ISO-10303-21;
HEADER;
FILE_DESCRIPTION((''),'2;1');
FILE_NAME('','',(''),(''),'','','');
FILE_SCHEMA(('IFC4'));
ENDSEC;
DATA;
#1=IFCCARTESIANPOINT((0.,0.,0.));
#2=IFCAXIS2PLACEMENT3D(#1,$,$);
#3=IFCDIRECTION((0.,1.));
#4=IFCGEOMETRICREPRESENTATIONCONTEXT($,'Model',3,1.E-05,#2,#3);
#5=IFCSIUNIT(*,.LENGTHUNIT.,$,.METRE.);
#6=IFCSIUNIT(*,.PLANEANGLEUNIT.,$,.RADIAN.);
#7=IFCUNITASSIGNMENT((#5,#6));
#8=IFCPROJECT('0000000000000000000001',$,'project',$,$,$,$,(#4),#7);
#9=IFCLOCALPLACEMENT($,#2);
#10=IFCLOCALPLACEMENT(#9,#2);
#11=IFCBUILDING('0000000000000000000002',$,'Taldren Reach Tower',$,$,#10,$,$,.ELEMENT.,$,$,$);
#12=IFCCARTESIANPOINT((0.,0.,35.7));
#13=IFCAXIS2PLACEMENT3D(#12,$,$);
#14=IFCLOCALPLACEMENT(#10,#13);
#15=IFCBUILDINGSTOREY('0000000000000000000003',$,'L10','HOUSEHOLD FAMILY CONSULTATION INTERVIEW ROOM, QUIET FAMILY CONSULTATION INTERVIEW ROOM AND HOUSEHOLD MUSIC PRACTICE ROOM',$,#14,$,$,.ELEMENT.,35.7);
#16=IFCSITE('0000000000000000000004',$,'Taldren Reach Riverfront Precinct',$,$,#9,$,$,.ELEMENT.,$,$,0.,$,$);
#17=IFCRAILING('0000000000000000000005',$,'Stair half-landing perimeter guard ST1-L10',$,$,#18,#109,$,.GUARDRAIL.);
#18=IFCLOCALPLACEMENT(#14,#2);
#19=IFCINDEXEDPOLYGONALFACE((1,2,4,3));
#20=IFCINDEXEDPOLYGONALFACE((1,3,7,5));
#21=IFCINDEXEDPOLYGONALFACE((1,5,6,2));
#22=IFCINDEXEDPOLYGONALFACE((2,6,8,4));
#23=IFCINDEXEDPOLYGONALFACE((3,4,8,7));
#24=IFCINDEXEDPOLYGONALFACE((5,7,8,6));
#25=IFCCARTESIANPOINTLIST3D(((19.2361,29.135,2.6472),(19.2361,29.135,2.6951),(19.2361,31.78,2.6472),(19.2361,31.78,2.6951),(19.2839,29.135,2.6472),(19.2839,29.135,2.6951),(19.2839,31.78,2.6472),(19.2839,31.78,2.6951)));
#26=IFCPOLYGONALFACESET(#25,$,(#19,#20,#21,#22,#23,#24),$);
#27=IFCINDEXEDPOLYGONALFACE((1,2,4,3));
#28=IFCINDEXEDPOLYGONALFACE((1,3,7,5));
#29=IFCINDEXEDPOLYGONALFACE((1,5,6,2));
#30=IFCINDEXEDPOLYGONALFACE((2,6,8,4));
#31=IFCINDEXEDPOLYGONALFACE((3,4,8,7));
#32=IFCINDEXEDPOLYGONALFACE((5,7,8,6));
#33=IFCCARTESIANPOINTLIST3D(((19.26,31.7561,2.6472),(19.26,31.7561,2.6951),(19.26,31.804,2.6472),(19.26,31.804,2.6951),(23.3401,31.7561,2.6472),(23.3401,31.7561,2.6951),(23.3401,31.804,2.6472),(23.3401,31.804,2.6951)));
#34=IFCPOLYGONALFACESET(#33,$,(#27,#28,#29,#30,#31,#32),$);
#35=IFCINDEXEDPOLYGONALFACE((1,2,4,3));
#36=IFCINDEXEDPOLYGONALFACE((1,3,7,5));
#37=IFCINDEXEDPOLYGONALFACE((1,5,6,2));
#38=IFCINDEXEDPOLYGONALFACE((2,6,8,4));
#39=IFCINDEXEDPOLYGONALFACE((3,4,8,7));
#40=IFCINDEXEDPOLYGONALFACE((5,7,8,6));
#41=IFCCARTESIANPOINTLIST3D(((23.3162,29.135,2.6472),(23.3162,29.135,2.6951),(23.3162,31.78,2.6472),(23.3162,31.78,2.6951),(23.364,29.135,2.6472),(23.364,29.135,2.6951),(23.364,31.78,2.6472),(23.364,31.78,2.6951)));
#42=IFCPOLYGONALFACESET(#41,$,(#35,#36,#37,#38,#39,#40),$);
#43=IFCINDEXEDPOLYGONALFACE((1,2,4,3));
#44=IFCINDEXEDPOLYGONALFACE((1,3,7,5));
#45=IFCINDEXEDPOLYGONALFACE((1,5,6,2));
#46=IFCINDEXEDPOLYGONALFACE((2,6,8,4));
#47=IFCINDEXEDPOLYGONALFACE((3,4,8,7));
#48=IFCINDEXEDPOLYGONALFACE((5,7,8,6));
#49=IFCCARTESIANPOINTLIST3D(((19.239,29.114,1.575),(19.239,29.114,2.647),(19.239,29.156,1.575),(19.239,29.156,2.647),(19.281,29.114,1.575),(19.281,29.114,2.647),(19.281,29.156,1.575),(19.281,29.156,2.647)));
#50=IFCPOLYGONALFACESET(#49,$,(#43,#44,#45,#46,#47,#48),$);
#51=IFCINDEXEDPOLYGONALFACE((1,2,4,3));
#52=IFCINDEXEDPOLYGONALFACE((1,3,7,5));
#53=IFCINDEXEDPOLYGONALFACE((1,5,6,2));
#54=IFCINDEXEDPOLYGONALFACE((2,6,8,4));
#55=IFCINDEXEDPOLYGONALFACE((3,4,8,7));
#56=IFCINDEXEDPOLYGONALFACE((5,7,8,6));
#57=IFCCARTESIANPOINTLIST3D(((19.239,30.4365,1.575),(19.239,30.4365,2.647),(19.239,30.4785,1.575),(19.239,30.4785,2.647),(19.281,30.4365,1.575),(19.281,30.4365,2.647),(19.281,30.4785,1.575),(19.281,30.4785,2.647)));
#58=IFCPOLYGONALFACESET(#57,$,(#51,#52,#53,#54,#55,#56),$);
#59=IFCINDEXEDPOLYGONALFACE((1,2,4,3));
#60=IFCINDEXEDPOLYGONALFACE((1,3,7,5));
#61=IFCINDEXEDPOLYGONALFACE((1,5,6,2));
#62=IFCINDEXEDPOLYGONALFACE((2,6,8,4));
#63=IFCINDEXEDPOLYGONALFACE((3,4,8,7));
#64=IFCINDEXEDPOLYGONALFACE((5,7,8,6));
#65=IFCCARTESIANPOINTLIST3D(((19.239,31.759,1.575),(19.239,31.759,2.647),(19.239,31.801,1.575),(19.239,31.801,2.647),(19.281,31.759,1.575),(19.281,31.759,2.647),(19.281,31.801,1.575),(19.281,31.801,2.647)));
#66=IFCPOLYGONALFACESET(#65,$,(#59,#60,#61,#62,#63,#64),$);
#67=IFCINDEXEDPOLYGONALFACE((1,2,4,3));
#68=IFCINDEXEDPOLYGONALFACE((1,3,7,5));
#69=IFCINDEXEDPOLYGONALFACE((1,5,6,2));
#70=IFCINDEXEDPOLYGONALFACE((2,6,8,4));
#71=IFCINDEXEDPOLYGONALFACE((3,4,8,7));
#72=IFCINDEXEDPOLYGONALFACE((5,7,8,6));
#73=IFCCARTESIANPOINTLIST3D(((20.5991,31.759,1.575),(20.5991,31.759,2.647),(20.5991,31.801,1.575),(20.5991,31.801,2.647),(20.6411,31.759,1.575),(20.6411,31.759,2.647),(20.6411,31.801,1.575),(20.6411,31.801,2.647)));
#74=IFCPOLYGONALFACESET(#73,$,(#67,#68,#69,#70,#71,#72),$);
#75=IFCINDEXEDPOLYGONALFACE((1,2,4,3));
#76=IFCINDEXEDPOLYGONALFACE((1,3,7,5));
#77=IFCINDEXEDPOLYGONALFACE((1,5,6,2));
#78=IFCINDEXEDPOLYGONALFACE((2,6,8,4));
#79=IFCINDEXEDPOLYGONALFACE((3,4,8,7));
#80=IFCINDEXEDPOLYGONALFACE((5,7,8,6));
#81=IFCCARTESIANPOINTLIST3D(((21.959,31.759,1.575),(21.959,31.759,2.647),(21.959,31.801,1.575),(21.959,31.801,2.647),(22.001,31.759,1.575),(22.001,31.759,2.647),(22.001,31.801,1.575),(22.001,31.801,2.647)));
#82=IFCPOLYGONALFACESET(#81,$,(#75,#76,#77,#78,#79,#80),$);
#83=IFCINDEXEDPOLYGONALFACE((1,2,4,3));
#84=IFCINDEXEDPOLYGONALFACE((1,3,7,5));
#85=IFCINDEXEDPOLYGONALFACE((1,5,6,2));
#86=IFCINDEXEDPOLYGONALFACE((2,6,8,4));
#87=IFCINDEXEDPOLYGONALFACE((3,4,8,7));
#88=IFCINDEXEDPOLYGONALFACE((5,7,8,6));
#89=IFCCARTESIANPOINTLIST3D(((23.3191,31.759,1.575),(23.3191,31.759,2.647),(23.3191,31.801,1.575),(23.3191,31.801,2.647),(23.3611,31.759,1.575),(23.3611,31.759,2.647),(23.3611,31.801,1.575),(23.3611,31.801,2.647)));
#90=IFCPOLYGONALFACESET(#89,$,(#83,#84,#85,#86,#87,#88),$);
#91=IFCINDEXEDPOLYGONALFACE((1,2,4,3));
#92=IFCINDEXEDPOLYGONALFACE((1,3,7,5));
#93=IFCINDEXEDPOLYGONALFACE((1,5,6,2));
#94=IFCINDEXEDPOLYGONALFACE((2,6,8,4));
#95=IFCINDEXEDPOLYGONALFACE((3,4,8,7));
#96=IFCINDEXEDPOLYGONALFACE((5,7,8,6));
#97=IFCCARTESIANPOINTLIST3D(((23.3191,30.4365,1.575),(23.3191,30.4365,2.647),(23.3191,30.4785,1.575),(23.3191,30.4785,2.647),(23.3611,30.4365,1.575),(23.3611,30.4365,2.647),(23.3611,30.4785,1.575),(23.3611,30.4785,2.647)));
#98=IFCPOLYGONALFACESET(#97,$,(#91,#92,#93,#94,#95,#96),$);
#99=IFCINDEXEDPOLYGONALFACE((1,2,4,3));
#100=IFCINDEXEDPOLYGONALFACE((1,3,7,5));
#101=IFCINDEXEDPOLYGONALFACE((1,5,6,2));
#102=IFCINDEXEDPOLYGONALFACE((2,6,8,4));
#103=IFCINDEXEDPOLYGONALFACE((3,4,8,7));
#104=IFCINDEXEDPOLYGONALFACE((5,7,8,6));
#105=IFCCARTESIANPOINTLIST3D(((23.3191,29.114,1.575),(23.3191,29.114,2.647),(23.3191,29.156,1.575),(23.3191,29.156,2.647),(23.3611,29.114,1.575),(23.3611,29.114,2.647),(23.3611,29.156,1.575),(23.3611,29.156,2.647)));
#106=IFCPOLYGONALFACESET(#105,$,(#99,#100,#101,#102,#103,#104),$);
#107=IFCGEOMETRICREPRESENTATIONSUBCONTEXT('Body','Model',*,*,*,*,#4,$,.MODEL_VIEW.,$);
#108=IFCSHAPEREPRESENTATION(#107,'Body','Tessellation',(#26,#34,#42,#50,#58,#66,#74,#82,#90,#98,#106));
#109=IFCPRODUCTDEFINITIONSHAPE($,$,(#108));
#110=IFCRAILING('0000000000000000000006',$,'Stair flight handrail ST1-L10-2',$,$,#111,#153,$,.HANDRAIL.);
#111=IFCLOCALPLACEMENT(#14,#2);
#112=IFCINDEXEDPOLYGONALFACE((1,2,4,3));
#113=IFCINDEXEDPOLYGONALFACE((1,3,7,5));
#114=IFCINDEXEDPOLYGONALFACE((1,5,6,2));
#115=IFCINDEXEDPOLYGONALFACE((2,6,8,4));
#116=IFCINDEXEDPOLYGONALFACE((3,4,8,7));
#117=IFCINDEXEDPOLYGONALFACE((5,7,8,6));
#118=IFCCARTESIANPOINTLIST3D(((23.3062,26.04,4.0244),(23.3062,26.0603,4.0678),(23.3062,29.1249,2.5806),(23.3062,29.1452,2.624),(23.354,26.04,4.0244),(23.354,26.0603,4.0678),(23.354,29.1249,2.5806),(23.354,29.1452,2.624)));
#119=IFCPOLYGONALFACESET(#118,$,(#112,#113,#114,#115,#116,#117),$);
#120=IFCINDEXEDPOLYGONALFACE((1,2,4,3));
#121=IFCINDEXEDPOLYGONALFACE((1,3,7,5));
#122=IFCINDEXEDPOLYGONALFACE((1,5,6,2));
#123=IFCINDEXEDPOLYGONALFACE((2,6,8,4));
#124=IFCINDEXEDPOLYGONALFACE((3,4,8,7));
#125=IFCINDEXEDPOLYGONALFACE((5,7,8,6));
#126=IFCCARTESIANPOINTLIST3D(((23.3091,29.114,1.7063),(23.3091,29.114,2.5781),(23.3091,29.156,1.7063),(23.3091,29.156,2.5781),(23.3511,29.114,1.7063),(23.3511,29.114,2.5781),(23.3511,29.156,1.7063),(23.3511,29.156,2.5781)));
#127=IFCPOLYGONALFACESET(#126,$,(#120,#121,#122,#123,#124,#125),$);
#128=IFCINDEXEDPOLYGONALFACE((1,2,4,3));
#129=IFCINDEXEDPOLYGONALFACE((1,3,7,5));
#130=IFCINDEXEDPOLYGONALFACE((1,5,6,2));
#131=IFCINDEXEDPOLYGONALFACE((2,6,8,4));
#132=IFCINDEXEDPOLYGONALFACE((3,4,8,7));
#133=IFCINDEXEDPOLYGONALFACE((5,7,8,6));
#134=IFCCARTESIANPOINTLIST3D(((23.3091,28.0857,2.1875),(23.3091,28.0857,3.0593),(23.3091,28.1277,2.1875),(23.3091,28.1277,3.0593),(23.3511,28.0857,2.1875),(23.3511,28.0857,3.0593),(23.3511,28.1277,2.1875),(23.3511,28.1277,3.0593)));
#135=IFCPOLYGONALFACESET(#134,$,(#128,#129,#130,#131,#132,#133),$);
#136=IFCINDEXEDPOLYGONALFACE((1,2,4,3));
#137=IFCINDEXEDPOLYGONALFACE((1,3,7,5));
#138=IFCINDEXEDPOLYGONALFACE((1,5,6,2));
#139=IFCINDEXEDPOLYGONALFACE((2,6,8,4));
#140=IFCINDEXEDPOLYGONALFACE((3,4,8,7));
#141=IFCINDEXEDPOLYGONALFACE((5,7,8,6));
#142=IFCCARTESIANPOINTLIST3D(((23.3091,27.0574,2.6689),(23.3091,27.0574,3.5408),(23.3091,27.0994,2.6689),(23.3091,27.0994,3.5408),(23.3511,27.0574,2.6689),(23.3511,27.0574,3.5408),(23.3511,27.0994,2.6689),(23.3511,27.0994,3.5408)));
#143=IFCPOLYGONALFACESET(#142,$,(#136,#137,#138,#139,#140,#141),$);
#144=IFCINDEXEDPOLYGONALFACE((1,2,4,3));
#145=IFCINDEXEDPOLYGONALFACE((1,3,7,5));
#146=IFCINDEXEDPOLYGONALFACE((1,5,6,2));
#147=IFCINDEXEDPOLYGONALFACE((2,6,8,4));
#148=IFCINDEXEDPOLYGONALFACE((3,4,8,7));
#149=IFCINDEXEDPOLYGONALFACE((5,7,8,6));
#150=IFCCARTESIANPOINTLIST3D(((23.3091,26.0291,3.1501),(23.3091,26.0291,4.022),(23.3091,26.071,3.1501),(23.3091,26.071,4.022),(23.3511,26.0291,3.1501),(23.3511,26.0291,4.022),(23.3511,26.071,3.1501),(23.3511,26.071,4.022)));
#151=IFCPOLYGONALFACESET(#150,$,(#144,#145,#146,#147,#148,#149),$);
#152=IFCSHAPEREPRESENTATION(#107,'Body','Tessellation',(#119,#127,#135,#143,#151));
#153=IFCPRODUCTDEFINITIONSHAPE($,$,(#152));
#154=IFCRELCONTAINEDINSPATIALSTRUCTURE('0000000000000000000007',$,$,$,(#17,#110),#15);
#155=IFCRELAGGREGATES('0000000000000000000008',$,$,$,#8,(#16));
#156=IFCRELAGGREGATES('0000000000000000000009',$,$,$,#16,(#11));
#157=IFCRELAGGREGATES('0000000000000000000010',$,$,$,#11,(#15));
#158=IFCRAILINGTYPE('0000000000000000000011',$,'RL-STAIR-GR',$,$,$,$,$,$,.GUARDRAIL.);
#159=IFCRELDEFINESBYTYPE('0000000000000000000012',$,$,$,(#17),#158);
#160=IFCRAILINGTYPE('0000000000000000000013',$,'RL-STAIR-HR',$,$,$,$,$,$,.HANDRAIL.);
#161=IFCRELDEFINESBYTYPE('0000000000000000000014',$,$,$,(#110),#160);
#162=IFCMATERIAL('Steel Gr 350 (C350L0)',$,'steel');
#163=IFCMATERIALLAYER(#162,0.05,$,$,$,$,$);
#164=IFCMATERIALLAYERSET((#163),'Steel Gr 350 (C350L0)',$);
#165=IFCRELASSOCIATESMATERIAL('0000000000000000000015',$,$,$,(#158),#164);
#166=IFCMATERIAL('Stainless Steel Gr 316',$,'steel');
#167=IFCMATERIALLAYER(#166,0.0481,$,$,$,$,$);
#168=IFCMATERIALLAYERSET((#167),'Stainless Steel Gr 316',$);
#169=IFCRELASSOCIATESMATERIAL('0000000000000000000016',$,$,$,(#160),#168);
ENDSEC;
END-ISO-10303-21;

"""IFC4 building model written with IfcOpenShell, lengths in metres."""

from ifc_helpers import new_model, si_unit, direction, frame, origin, origin_2d, place, context, subcontext, project, spatial, rectangle, extrude, material, layer, layer_set, type_object, element, save


model = new_model("IFC4")

# Units and contexts
model_context = context("Model", 3, precision=1e-05, world=origin(), true_north=direction((0.0, 1.0)))
body_context = subcontext(model_context, "Body", "Model", "MODEL_VIEW")
ifc_project = project(units=[si_unit("LENGTHUNIT", "METRE"), si_unit("PLANEANGLEUNIT", "RADIAN")], contexts=[model_context])

# Site, building, storey
site_placement = place(None, origin())
site = spatial("IfcSite", under=ifc_project, at=site_placement, Name="Taldren Reach Riverfront Precinct", CompositionType="ELEMENT", RefElevation=0.0)
building_placement = place(site_placement, origin())
building = spatial("IfcBuilding", under=site, at=building_placement, Name="Taldren Reach Tower", CompositionType="ELEMENT")
storey_placement = place(building_placement, frame((0.0, 0.0, 35.7)))
storey = spatial("IfcBuildingStorey", under=building, at=storey_placement, Name="L10", Description="HOUSEHOLD FAMILY CONSULTATION INTERVIEW ROOM, QUIET FAMILY CONSULTATION INTERVIEW ROOM AND HOUSEHOLD MUSIC PRACTICE ROOM", CompositionType="ELEMENT", Elevation=35.7)

# Railings
ifc_material_1 = material(Name="Steel Gr 350 (C350L0)", Category="steel")
ifc_layer_1 = layer(ifc_material_1, 0.05)
ifc_layer_set_1 = layer_set([ifc_layer_1], Name="Steel Gr 350 (C350L0)")
railing_type_1 = type_object("IfcRailingType", Name="RL-STAIR-GR", PredefinedType="GUARDRAIL", material=ifc_layer_set_1)
railing_1_placement = place(storey_placement, frame((19.26, 29.135, 1.575)))
element("IfcRailing", 1, at=railing_1_placement, inside=storey, type_object=railing_type_1, Name="Stair half-landing perimeter guard ST1-L10", PredefinedType="GUARDRAIL", context=body_context, shape_type="SweptSolid", body=[
    extrude(rectangle(XDim=0.0479, YDim=0.0479, at=origin_2d()), frame((0.0, 0.0, 1.0962), z_axis=(0.0, 1.0, 0.0), x_axis=(-1.0, 0.0, 0.0)), (0.0, 0.0, 1.0), 2.645),
    extrude(rectangle(XDim=0.0479, YDim=0.0479, at=origin_2d()), frame((0.0, 2.645, 1.0962), z_axis=(1.0, 0.0, 0.0), x_axis=(0.0, 1.0, 0.0)), (0.0, 0.0, 1.0), 4.0801),
    extrude(rectangle(XDim=0.0479, YDim=0.0479, at=origin_2d()), frame((4.0801, 2.645, 1.0962), z_axis=(0.0, -1.0, 0.0), x_axis=(1.0, 0.0, 0.0)), (0.0, 0.0, 1.0), 2.645),
    extrude(rectangle(XDim=0.042, YDim=0.042, at=origin_2d()), origin(), (0.0, 0.0, 1.0), 1.072),
    extrude(rectangle(XDim=0.042, YDim=0.042, at=origin_2d()), frame((0.0, 1.3225, 0.0)), (0.0, 0.0, 1.0), 1.072),
    extrude(rectangle(XDim=0.042, YDim=0.042, at=origin_2d()), frame((0.0, 2.645, 0.0)), (0.0, 0.0, 1.0), 1.072),
    extrude(rectangle(XDim=0.042, YDim=0.042, at=origin_2d()), frame((1.3601, 2.645, 0.0)), (0.0, 0.0, 1.0), 1.072),
    extrude(rectangle(XDim=0.042, YDim=0.042, at=origin_2d()), frame((2.72, 2.645, 0.0)), (0.0, 0.0, 1.0), 1.072),
    extrude(rectangle(XDim=0.042, YDim=0.042, at=origin_2d()), frame((4.0801, 2.645, 0.0)), (0.0, 0.0, 1.0), 1.072),
    extrude(rectangle(XDim=0.042, YDim=0.042, at=origin_2d()), frame((4.0801, 1.3225, 0.0)), (0.0, 0.0, 1.0), 1.072),
    extrude(rectangle(XDim=0.042, YDim=0.042, at=origin_2d()), frame((4.0801, 0.0, 0.0)), (0.0, 0.0, 1.0), 1.072),
])
ifc_material_2 = material(Name="Stainless Steel Gr 316", Category="steel")
ifc_layer_2 = layer(ifc_material_2, 0.0481)
ifc_layer_set_2 = layer_set([ifc_layer_2], Name="Stainless Steel Gr 316")
railing_type_2 = type_object("IfcRailingType", Name="RL-STAIR-HR", PredefinedType="HANDRAIL", material=ifc_layer_set_2)
railing_2_placement = place(storey_placement, frame((23.3301, 29.135, 1.7063)))
element("IfcRailing", 2, at=railing_2_placement, inside=storey, type_object=railing_type_2, Name="Stair flight handrail ST1-L10-2", PredefinedType="HANDRAIL", context=body_context, shape_type="SweptSolid", body=[
    extrude(rectangle(XDim=0.0479, YDim=0.0479, at=origin_2d()), frame((0.0, 0.0, 0.896), z_axis=(0.0, -0.90571, 0.423898), x_axis=(1.0, 0.0, 0.0)), (0.0, 0.0, 1.0), 3.406),
    extrude(rectangle(XDim=0.042, YDim=0.042, at=origin_2d()), origin(), (0.0, 0.0, 1.0), 0.8718),
    extrude(rectangle(XDim=0.042, YDim=0.042, at=origin_2d()), frame((0.0, -1.0283, 0.4812)), (0.0, 0.0, 1.0), 0.8718),
    extrude(rectangle(XDim=0.042, YDim=0.042, at=origin_2d()), frame((0.0, -2.0566, 0.9626)), (0.0, 0.0, 1.0), 0.8718),
    extrude(rectangle(XDim=0.042, YDim=0.042, at=origin_2d()), frame((0.0, -3.085, 1.4438)), (0.0, 0.0, 1.0), 0.8718),
])

save(model, "model.ifc")
